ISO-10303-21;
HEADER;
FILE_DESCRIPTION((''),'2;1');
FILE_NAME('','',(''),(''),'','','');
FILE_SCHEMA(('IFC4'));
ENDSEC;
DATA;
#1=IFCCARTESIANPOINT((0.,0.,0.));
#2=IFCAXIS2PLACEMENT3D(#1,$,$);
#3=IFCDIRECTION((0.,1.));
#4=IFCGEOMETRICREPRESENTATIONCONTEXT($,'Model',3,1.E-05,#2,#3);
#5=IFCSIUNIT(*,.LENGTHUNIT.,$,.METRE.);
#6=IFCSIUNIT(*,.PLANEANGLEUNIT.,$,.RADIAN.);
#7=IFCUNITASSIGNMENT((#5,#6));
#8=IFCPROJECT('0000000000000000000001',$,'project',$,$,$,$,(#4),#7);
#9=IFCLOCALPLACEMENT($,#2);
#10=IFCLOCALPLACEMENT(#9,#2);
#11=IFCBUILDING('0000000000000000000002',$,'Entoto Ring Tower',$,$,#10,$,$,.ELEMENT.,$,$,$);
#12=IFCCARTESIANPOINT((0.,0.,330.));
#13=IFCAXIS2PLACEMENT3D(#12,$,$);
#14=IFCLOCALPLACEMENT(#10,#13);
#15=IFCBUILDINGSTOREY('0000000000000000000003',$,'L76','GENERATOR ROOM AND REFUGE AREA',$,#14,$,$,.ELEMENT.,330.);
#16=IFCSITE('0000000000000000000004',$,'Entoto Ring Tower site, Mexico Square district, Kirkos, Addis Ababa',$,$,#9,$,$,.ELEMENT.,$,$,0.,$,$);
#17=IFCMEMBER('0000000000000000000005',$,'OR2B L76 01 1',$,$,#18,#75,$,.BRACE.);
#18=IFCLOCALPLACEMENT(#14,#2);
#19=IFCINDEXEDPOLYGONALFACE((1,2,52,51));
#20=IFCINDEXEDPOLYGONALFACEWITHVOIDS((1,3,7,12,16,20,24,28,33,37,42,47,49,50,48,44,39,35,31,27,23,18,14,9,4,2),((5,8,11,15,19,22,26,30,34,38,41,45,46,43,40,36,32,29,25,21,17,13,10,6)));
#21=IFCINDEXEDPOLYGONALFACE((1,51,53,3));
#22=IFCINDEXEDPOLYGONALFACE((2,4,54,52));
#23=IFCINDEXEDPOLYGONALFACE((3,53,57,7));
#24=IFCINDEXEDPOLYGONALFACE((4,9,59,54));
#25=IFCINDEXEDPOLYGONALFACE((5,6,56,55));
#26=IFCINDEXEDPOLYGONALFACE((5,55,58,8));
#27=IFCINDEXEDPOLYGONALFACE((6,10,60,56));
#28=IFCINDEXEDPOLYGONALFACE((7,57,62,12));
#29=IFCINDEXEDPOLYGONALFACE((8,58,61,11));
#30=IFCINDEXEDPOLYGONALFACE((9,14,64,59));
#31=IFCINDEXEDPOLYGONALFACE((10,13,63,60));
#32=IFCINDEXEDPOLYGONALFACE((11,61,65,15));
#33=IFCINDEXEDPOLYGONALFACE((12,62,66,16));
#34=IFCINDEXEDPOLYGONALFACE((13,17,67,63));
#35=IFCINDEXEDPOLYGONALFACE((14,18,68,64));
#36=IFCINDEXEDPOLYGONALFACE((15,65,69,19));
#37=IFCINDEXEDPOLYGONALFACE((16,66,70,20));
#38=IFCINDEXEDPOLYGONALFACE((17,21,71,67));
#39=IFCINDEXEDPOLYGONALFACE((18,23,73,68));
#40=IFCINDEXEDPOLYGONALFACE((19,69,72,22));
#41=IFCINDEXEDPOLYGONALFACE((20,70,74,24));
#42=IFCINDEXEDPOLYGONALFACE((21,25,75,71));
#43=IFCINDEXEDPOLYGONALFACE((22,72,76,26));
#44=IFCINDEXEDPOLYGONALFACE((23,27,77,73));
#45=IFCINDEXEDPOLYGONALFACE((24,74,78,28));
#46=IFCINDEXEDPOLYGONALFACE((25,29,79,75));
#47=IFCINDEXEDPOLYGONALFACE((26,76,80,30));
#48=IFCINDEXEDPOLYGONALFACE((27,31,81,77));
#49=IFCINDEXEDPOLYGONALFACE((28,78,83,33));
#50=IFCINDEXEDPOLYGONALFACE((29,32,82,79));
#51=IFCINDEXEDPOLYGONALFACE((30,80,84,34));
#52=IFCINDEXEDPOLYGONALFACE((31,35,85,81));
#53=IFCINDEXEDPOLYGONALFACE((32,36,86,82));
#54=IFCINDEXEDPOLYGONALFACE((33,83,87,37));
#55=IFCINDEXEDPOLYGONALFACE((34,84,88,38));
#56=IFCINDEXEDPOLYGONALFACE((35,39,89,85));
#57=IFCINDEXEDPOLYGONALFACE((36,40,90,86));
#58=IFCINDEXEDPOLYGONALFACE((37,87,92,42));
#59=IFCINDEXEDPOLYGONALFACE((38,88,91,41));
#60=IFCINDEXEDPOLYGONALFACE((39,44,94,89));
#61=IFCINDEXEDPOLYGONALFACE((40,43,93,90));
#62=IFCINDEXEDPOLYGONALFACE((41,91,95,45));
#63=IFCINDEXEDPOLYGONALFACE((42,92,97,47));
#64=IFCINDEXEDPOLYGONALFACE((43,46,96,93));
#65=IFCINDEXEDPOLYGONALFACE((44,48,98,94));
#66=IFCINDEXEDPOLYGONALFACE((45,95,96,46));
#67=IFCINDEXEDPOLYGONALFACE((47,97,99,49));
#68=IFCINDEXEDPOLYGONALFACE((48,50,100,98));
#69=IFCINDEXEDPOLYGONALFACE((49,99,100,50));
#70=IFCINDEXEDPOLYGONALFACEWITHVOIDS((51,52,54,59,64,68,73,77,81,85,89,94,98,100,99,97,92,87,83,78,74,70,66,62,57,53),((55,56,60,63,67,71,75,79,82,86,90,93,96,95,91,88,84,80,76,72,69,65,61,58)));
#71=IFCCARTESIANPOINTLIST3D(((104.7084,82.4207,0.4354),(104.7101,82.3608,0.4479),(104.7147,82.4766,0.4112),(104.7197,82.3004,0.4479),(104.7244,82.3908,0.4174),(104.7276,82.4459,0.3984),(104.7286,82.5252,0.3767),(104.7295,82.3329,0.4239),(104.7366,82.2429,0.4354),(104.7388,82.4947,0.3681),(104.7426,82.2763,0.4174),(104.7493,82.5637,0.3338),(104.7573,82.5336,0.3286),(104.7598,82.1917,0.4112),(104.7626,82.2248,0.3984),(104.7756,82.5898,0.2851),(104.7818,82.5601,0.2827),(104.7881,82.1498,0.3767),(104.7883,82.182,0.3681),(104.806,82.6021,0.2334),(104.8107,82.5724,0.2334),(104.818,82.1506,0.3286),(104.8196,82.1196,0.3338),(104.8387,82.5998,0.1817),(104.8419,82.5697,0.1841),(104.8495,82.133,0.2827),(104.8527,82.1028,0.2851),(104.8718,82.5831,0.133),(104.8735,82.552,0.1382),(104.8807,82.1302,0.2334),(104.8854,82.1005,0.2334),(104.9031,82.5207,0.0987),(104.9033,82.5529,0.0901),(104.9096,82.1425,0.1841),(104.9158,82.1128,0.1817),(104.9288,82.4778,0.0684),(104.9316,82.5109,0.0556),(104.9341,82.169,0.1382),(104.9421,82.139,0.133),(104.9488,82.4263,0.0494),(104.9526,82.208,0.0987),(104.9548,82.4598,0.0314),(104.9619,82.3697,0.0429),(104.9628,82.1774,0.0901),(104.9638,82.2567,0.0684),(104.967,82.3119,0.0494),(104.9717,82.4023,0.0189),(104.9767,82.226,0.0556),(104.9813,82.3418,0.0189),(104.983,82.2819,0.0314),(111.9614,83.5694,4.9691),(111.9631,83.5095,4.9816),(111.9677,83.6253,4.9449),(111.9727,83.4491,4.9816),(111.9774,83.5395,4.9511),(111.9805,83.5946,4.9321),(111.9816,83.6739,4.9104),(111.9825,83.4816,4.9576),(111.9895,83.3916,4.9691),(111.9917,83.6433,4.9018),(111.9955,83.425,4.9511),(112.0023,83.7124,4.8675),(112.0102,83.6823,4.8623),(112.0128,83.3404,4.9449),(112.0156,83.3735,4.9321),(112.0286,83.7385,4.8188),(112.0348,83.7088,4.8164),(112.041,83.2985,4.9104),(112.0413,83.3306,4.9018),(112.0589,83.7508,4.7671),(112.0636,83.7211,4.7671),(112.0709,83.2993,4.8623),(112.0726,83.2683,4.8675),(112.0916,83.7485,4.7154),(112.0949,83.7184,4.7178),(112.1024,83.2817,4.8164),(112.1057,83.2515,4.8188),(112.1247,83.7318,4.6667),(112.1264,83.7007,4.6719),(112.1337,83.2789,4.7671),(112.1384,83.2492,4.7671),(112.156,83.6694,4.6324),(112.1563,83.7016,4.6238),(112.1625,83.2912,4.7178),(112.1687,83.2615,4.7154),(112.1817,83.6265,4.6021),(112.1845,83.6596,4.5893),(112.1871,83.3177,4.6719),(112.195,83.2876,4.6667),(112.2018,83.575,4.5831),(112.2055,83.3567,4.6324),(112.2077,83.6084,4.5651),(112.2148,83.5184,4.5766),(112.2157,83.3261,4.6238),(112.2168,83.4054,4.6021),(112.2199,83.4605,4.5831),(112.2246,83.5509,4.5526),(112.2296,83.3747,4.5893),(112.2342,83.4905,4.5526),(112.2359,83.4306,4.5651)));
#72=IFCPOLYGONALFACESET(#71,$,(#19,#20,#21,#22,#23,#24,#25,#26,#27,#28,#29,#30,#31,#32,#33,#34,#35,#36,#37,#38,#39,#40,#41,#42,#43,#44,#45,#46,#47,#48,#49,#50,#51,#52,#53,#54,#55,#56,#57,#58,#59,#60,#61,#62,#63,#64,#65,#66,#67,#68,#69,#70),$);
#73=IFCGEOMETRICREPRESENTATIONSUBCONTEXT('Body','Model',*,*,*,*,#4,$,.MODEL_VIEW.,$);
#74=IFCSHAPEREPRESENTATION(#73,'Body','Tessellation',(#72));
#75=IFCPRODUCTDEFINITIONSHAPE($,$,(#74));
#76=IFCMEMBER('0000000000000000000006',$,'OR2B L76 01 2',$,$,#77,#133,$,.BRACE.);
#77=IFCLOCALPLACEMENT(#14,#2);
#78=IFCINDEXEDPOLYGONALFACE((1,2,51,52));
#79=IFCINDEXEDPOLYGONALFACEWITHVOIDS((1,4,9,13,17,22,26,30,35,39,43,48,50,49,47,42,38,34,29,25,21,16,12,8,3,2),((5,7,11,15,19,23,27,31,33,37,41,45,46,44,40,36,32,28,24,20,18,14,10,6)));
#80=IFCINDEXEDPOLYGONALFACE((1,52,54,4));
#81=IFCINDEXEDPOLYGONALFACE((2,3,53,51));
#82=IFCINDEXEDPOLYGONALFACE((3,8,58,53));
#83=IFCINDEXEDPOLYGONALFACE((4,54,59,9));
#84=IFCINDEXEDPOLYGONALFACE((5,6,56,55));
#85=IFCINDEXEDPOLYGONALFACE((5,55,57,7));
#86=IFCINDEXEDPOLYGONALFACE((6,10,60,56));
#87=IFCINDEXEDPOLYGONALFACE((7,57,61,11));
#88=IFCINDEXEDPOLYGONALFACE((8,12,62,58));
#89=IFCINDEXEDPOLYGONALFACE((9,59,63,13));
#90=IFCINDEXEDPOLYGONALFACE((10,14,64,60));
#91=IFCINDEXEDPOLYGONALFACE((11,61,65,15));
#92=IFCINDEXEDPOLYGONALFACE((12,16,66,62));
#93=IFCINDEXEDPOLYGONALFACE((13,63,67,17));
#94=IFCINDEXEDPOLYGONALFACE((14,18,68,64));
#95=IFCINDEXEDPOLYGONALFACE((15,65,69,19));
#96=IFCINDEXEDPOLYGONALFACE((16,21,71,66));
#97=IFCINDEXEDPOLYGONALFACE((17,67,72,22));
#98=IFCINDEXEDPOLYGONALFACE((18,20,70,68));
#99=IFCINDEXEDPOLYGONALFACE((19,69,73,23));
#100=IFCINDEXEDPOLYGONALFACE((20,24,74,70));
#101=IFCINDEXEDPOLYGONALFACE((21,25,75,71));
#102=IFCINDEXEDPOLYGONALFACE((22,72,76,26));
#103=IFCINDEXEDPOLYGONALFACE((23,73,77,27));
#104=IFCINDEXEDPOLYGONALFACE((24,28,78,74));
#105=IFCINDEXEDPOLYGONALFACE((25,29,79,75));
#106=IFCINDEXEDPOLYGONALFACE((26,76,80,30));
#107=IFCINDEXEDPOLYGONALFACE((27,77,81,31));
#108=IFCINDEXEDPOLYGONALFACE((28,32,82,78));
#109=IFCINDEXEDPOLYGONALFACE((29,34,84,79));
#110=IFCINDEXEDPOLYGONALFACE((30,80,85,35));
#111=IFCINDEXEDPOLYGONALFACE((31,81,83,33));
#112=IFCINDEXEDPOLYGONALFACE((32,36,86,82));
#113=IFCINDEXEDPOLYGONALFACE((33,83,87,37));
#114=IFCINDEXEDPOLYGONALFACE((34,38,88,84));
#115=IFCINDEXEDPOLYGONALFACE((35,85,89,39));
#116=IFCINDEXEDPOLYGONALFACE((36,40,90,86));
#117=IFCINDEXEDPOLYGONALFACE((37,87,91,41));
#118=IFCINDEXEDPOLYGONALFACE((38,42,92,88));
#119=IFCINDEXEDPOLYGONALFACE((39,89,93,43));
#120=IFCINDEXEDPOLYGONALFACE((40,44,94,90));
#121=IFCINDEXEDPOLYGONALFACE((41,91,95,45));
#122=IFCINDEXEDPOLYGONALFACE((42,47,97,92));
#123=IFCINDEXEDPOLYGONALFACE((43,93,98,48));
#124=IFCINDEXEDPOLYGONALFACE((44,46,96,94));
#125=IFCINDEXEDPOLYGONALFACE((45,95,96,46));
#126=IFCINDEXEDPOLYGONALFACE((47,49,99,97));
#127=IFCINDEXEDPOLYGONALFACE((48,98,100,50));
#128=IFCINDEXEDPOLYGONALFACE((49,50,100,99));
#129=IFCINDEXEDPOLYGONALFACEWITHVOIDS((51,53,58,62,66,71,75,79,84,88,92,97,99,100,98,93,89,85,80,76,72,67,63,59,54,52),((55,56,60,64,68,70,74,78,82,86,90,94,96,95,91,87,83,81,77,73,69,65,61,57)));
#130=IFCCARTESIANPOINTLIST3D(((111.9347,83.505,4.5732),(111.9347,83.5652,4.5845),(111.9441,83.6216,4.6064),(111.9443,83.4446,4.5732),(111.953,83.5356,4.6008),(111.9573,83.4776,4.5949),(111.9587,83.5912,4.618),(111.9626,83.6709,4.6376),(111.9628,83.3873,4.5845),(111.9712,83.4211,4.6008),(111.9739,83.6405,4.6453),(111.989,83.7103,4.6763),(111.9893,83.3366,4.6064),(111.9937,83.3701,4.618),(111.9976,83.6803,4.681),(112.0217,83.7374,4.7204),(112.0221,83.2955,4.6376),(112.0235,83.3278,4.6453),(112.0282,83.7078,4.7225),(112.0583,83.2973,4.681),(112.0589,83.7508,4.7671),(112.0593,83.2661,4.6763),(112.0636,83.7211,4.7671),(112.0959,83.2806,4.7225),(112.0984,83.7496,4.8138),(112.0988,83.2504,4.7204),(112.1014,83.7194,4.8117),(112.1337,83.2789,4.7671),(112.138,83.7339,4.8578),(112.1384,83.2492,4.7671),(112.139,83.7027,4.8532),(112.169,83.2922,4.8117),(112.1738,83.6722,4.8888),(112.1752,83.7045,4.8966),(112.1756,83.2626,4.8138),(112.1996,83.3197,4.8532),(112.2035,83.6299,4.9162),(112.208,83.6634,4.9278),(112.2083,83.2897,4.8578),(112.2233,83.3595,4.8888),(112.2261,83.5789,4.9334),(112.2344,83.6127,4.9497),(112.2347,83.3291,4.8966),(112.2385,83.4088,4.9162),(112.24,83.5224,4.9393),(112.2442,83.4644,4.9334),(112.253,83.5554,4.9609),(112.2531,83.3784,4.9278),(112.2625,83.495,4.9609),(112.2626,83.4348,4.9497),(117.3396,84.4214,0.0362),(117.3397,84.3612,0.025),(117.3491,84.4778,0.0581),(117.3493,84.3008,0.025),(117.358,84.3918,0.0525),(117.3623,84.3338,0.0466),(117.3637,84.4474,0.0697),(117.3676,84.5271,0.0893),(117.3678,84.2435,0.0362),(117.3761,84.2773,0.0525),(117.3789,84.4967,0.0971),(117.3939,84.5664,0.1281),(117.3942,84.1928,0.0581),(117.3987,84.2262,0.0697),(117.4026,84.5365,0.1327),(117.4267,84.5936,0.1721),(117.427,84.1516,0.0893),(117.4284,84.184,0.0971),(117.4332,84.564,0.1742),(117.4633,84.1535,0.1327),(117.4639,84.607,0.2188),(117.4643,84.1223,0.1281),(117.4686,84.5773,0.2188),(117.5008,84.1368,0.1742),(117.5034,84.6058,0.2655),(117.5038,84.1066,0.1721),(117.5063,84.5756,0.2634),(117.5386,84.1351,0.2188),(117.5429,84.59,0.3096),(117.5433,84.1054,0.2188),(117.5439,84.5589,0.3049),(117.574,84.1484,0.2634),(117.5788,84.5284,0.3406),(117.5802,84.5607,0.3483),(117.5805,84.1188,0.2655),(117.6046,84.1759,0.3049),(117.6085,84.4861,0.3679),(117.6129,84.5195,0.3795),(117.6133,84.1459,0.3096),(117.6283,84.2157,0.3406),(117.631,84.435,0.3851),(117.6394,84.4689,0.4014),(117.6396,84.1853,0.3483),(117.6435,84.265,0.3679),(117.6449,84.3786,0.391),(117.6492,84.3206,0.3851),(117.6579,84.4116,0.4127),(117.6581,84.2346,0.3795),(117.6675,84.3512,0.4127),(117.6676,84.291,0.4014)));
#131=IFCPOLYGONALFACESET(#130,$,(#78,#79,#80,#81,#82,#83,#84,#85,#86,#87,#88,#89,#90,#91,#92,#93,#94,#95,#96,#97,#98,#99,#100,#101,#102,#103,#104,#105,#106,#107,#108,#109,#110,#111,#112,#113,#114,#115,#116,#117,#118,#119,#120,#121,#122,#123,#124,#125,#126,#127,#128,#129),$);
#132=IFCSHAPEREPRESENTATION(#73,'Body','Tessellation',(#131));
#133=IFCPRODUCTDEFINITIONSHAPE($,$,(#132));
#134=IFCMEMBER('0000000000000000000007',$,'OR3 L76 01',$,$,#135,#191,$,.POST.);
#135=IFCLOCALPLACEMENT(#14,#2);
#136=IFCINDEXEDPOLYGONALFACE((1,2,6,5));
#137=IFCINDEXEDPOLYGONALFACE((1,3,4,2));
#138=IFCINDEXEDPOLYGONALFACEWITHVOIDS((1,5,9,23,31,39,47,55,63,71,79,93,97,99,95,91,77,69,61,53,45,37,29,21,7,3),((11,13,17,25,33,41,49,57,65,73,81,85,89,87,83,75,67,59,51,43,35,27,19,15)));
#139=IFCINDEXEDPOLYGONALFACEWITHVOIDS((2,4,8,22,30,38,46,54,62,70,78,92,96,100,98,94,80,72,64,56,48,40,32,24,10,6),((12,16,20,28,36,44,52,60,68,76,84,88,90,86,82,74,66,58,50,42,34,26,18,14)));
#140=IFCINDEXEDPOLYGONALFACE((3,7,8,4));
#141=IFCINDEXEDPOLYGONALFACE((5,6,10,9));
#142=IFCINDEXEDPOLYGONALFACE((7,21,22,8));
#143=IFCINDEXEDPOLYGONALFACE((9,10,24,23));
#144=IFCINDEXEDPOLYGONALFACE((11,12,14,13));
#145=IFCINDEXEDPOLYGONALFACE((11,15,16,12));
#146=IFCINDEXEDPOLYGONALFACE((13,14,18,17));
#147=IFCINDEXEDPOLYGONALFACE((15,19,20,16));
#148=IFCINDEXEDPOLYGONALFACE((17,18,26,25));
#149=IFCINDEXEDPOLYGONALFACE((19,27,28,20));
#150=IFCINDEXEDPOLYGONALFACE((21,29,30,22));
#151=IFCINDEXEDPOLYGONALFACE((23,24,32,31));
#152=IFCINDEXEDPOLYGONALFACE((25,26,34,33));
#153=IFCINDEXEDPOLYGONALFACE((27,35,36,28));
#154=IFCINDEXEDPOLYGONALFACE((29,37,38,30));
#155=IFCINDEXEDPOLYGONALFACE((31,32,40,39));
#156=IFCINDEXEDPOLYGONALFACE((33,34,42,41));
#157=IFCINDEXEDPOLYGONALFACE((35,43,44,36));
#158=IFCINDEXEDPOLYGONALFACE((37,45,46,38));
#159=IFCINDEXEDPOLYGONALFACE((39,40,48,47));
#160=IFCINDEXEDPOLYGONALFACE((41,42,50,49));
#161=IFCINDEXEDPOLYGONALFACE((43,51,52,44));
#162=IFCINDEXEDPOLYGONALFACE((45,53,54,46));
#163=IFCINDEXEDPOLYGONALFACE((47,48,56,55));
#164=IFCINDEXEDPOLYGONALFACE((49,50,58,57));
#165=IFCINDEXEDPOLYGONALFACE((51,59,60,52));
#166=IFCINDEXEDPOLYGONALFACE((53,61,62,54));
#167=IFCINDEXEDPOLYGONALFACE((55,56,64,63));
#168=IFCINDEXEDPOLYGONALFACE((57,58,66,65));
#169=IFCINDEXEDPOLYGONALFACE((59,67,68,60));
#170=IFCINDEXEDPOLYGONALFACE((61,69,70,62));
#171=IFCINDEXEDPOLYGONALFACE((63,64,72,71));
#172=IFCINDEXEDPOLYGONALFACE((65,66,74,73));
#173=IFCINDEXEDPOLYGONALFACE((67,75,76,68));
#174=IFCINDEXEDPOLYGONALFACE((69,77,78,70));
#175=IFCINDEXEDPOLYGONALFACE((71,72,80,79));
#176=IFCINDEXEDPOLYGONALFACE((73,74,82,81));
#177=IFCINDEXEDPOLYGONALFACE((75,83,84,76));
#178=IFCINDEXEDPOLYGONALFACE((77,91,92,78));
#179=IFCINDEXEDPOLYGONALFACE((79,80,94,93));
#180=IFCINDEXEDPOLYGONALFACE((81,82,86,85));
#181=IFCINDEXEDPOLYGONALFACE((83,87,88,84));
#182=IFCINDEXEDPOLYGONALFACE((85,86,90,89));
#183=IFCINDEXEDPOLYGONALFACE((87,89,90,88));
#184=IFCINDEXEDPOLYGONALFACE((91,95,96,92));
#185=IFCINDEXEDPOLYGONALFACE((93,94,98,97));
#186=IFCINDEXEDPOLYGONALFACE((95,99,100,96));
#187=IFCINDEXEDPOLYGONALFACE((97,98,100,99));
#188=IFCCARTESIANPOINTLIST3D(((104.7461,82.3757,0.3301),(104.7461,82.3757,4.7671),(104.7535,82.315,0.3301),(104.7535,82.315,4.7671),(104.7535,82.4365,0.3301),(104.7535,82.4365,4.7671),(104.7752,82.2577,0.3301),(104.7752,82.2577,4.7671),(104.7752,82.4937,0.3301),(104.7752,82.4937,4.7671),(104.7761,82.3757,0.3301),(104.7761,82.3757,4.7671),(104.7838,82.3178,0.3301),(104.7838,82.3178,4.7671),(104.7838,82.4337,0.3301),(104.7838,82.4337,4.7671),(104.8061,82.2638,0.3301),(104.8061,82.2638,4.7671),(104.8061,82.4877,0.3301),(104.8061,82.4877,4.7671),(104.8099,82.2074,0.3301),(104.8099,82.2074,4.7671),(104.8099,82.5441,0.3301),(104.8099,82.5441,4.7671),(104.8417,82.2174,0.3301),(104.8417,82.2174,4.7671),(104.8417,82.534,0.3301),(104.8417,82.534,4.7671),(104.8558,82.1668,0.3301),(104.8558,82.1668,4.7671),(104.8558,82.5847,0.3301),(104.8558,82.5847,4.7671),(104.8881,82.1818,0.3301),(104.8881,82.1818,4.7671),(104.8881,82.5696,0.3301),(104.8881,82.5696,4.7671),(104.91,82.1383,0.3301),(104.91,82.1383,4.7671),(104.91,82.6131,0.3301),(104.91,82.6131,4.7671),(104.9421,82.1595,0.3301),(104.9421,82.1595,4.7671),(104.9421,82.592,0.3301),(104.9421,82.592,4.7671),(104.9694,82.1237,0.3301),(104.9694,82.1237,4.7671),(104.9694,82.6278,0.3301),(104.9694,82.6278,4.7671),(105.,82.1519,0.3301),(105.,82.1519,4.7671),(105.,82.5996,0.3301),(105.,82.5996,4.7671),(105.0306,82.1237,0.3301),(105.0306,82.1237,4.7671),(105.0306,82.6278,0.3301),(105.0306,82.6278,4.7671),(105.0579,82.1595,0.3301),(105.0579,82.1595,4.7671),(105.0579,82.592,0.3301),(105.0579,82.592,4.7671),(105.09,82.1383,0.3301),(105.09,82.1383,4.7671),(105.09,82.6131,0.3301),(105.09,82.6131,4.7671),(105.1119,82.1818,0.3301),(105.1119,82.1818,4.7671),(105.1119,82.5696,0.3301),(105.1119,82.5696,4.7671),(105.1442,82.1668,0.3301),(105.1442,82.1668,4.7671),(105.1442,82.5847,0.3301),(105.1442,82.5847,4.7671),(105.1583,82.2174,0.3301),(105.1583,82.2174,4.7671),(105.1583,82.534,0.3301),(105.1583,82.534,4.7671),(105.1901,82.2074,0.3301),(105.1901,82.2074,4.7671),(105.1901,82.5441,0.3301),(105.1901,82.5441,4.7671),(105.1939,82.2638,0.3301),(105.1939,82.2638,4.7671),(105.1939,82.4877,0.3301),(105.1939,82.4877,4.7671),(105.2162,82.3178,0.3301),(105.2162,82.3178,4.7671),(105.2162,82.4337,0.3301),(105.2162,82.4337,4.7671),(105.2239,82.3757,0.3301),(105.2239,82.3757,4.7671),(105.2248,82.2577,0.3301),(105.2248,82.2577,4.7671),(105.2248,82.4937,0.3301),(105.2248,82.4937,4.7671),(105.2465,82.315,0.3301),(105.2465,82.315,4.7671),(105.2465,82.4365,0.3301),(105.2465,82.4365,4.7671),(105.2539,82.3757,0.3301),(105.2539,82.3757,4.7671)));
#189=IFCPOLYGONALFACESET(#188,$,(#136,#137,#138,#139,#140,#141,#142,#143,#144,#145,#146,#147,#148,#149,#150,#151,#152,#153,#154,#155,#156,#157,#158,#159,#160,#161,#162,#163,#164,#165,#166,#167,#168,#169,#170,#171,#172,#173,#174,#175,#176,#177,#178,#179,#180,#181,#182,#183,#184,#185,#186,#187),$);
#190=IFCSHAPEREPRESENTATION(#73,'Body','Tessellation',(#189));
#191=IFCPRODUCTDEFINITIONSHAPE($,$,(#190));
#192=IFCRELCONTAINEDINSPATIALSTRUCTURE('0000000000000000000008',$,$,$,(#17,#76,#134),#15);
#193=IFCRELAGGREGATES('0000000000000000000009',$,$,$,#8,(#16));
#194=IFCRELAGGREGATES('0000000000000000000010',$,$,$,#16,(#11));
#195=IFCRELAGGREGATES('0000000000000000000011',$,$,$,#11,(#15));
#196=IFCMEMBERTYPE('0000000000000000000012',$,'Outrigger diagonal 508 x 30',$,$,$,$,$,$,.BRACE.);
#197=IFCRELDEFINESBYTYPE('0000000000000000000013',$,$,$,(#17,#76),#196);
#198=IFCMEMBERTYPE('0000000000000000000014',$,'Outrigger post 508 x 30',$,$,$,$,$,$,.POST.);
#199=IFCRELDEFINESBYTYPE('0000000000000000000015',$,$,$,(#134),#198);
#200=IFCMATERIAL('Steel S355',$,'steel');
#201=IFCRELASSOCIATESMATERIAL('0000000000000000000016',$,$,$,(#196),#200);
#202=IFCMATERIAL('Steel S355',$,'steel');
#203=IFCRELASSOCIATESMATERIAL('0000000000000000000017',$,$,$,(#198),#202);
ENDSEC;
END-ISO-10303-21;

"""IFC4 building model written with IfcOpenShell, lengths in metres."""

from ifc_helpers import new_model, si_unit, direction, frame, origin, origin_2d, place, context, subcontext, project, spatial, circle, hollow_circle, extrude, material, material_profile, profile_set, type_object, element, save


model = new_model("IFC4")

# Units and contexts
model_context = context("Model", 3, precision=1e-05, world=origin(), true_north=direction((0.0, 1.0)))
body_context = subcontext(model_context, "Body", "Model", "MODEL_VIEW")
ifc_project = project(units=[si_unit("LENGTHUNIT", "METRE"), si_unit("PLANEANGLEUNIT", "RADIAN")], contexts=[model_context])

# Site, building, storey
site_placement = place(None, origin())
site = spatial("IfcSite", under=ifc_project, at=site_placement, Name="Entoto Ring Tower site, Mexico Square district, Kirkos, Addis Ababa", CompositionType="ELEMENT", RefElevation=0.0)
building_placement = place(site_placement, origin())
building = spatial("IfcBuilding", under=site, at=building_placement, Name="Entoto Ring Tower", CompositionType="ELEMENT")
storey_placement = place(building_placement, frame((0.0, 0.0, 330.0)))
storey = spatial("IfcBuildingStorey", under=building, at=storey_placement, Name="L76", Description="GENERATOR ROOM AND REFUGE AREA", CompositionType="ELEMENT", Elevation=330.0)

# Members
ifc_material_1 = material(Name="Steel S355", Category="steel")
ifc_material_profile_1 = material_profile(ifc_material_1, hollow_circle(Radius=0.2539, WallThickness=0.03, at=origin_2d()), Name="CHS 508 x 30")
ifc_material_2 = material(Name="Concrete C60/75", Category="concrete")
ifc_material_profile_2 = material_profile(ifc_material_2, circle(Radius=0.2241, at=origin_2d()), Name="Concrete C60/75 infill")
ifc_profile_set_1 = profile_set([ifc_material_profile_1, ifc_material_profile_2], Name="Steel S355")
member_type_1 = type_object("IfcMemberType", Name="Outrigger diagonal 508 x 30", PredefinedType="BRACE", material=ifc_profile_set_1)
member_1_placement = place(storey_placement, frame((104.8457, 82.3513, 0.2334), z_axis=(0.840421, 0.133102, 0.525334), x_axis=(-0.156425, 0.98769, 0.0)))
element("IfcMember", 1, at=member_1_placement, inside=storey, type_object=member_type_1, Name="OR2B L76 01 1", PredefinedType="BRACE", context=body_context, shape_type="SweptSolid", body=[
    extrude(hollow_circle(Radius=0.2539, WallThickness=0.03, at=origin_2d()), origin(), (0.0, 0.0, 1.0), 8.6301),
])
member_2_placement = place(storey_placement, frame((112.0986, 83.5, 4.7671), z_axis=(0.75958, 0.120324, -0.639188), x_axis=(-0.156457, 0.987685, 0.0)))
element("IfcMember", 2, at=member_2_placement, inside=storey, type_object=member_type_1, Name="OR2B L76 01 2", PredefinedType="BRACE", context=body_context, shape_type="SweptSolid", body=[
    extrude(hollow_circle(Radius=0.2539, WallThickness=0.03, at=origin_2d()), origin(), (0.0, 0.0, 1.0), 7.1157),
])
ifc_material_3 = material(Name="Steel S355", Category="steel")
ifc_material_profile_3 = material_profile(ifc_material_3, hollow_circle(Radius=0.2539, WallThickness=0.03, at=origin_2d()), Name="CHS 508 x 30")
ifc_material_4 = material(Name="Concrete C60/75", Category="concrete")
ifc_material_profile_4 = material_profile(ifc_material_4, circle(Radius=0.2241, at=origin_2d()), Name="Concrete C60/75 infill")
ifc_profile_set_2 = profile_set([ifc_material_profile_3, ifc_material_profile_4], Name="Steel S355")
member_type_2 = type_object("IfcMemberType", Name="Outrigger post 508 x 30", PredefinedType="POST", material=ifc_profile_set_2)
member_3_placement = place(storey_placement, frame((105.0, 82.3757, 0.3301), z_axis=(0.0, 0.0, 1.0), x_axis=(1.0, 0.0, 0.0)))
element("IfcMember", 3, at=member_3_placement, inside=storey, type_object=member_type_2, Name="OR3 L76 01", PredefinedType="POST", context=body_context, shape_type="SweptSolid", body=[
    extrude(hollow_circle(Radius=0.2539, WallThickness=0.03, at=origin_2d()), origin(), (0.0, 0.0, 1.0), 4.437),
])

save(model, "model.ifc")
